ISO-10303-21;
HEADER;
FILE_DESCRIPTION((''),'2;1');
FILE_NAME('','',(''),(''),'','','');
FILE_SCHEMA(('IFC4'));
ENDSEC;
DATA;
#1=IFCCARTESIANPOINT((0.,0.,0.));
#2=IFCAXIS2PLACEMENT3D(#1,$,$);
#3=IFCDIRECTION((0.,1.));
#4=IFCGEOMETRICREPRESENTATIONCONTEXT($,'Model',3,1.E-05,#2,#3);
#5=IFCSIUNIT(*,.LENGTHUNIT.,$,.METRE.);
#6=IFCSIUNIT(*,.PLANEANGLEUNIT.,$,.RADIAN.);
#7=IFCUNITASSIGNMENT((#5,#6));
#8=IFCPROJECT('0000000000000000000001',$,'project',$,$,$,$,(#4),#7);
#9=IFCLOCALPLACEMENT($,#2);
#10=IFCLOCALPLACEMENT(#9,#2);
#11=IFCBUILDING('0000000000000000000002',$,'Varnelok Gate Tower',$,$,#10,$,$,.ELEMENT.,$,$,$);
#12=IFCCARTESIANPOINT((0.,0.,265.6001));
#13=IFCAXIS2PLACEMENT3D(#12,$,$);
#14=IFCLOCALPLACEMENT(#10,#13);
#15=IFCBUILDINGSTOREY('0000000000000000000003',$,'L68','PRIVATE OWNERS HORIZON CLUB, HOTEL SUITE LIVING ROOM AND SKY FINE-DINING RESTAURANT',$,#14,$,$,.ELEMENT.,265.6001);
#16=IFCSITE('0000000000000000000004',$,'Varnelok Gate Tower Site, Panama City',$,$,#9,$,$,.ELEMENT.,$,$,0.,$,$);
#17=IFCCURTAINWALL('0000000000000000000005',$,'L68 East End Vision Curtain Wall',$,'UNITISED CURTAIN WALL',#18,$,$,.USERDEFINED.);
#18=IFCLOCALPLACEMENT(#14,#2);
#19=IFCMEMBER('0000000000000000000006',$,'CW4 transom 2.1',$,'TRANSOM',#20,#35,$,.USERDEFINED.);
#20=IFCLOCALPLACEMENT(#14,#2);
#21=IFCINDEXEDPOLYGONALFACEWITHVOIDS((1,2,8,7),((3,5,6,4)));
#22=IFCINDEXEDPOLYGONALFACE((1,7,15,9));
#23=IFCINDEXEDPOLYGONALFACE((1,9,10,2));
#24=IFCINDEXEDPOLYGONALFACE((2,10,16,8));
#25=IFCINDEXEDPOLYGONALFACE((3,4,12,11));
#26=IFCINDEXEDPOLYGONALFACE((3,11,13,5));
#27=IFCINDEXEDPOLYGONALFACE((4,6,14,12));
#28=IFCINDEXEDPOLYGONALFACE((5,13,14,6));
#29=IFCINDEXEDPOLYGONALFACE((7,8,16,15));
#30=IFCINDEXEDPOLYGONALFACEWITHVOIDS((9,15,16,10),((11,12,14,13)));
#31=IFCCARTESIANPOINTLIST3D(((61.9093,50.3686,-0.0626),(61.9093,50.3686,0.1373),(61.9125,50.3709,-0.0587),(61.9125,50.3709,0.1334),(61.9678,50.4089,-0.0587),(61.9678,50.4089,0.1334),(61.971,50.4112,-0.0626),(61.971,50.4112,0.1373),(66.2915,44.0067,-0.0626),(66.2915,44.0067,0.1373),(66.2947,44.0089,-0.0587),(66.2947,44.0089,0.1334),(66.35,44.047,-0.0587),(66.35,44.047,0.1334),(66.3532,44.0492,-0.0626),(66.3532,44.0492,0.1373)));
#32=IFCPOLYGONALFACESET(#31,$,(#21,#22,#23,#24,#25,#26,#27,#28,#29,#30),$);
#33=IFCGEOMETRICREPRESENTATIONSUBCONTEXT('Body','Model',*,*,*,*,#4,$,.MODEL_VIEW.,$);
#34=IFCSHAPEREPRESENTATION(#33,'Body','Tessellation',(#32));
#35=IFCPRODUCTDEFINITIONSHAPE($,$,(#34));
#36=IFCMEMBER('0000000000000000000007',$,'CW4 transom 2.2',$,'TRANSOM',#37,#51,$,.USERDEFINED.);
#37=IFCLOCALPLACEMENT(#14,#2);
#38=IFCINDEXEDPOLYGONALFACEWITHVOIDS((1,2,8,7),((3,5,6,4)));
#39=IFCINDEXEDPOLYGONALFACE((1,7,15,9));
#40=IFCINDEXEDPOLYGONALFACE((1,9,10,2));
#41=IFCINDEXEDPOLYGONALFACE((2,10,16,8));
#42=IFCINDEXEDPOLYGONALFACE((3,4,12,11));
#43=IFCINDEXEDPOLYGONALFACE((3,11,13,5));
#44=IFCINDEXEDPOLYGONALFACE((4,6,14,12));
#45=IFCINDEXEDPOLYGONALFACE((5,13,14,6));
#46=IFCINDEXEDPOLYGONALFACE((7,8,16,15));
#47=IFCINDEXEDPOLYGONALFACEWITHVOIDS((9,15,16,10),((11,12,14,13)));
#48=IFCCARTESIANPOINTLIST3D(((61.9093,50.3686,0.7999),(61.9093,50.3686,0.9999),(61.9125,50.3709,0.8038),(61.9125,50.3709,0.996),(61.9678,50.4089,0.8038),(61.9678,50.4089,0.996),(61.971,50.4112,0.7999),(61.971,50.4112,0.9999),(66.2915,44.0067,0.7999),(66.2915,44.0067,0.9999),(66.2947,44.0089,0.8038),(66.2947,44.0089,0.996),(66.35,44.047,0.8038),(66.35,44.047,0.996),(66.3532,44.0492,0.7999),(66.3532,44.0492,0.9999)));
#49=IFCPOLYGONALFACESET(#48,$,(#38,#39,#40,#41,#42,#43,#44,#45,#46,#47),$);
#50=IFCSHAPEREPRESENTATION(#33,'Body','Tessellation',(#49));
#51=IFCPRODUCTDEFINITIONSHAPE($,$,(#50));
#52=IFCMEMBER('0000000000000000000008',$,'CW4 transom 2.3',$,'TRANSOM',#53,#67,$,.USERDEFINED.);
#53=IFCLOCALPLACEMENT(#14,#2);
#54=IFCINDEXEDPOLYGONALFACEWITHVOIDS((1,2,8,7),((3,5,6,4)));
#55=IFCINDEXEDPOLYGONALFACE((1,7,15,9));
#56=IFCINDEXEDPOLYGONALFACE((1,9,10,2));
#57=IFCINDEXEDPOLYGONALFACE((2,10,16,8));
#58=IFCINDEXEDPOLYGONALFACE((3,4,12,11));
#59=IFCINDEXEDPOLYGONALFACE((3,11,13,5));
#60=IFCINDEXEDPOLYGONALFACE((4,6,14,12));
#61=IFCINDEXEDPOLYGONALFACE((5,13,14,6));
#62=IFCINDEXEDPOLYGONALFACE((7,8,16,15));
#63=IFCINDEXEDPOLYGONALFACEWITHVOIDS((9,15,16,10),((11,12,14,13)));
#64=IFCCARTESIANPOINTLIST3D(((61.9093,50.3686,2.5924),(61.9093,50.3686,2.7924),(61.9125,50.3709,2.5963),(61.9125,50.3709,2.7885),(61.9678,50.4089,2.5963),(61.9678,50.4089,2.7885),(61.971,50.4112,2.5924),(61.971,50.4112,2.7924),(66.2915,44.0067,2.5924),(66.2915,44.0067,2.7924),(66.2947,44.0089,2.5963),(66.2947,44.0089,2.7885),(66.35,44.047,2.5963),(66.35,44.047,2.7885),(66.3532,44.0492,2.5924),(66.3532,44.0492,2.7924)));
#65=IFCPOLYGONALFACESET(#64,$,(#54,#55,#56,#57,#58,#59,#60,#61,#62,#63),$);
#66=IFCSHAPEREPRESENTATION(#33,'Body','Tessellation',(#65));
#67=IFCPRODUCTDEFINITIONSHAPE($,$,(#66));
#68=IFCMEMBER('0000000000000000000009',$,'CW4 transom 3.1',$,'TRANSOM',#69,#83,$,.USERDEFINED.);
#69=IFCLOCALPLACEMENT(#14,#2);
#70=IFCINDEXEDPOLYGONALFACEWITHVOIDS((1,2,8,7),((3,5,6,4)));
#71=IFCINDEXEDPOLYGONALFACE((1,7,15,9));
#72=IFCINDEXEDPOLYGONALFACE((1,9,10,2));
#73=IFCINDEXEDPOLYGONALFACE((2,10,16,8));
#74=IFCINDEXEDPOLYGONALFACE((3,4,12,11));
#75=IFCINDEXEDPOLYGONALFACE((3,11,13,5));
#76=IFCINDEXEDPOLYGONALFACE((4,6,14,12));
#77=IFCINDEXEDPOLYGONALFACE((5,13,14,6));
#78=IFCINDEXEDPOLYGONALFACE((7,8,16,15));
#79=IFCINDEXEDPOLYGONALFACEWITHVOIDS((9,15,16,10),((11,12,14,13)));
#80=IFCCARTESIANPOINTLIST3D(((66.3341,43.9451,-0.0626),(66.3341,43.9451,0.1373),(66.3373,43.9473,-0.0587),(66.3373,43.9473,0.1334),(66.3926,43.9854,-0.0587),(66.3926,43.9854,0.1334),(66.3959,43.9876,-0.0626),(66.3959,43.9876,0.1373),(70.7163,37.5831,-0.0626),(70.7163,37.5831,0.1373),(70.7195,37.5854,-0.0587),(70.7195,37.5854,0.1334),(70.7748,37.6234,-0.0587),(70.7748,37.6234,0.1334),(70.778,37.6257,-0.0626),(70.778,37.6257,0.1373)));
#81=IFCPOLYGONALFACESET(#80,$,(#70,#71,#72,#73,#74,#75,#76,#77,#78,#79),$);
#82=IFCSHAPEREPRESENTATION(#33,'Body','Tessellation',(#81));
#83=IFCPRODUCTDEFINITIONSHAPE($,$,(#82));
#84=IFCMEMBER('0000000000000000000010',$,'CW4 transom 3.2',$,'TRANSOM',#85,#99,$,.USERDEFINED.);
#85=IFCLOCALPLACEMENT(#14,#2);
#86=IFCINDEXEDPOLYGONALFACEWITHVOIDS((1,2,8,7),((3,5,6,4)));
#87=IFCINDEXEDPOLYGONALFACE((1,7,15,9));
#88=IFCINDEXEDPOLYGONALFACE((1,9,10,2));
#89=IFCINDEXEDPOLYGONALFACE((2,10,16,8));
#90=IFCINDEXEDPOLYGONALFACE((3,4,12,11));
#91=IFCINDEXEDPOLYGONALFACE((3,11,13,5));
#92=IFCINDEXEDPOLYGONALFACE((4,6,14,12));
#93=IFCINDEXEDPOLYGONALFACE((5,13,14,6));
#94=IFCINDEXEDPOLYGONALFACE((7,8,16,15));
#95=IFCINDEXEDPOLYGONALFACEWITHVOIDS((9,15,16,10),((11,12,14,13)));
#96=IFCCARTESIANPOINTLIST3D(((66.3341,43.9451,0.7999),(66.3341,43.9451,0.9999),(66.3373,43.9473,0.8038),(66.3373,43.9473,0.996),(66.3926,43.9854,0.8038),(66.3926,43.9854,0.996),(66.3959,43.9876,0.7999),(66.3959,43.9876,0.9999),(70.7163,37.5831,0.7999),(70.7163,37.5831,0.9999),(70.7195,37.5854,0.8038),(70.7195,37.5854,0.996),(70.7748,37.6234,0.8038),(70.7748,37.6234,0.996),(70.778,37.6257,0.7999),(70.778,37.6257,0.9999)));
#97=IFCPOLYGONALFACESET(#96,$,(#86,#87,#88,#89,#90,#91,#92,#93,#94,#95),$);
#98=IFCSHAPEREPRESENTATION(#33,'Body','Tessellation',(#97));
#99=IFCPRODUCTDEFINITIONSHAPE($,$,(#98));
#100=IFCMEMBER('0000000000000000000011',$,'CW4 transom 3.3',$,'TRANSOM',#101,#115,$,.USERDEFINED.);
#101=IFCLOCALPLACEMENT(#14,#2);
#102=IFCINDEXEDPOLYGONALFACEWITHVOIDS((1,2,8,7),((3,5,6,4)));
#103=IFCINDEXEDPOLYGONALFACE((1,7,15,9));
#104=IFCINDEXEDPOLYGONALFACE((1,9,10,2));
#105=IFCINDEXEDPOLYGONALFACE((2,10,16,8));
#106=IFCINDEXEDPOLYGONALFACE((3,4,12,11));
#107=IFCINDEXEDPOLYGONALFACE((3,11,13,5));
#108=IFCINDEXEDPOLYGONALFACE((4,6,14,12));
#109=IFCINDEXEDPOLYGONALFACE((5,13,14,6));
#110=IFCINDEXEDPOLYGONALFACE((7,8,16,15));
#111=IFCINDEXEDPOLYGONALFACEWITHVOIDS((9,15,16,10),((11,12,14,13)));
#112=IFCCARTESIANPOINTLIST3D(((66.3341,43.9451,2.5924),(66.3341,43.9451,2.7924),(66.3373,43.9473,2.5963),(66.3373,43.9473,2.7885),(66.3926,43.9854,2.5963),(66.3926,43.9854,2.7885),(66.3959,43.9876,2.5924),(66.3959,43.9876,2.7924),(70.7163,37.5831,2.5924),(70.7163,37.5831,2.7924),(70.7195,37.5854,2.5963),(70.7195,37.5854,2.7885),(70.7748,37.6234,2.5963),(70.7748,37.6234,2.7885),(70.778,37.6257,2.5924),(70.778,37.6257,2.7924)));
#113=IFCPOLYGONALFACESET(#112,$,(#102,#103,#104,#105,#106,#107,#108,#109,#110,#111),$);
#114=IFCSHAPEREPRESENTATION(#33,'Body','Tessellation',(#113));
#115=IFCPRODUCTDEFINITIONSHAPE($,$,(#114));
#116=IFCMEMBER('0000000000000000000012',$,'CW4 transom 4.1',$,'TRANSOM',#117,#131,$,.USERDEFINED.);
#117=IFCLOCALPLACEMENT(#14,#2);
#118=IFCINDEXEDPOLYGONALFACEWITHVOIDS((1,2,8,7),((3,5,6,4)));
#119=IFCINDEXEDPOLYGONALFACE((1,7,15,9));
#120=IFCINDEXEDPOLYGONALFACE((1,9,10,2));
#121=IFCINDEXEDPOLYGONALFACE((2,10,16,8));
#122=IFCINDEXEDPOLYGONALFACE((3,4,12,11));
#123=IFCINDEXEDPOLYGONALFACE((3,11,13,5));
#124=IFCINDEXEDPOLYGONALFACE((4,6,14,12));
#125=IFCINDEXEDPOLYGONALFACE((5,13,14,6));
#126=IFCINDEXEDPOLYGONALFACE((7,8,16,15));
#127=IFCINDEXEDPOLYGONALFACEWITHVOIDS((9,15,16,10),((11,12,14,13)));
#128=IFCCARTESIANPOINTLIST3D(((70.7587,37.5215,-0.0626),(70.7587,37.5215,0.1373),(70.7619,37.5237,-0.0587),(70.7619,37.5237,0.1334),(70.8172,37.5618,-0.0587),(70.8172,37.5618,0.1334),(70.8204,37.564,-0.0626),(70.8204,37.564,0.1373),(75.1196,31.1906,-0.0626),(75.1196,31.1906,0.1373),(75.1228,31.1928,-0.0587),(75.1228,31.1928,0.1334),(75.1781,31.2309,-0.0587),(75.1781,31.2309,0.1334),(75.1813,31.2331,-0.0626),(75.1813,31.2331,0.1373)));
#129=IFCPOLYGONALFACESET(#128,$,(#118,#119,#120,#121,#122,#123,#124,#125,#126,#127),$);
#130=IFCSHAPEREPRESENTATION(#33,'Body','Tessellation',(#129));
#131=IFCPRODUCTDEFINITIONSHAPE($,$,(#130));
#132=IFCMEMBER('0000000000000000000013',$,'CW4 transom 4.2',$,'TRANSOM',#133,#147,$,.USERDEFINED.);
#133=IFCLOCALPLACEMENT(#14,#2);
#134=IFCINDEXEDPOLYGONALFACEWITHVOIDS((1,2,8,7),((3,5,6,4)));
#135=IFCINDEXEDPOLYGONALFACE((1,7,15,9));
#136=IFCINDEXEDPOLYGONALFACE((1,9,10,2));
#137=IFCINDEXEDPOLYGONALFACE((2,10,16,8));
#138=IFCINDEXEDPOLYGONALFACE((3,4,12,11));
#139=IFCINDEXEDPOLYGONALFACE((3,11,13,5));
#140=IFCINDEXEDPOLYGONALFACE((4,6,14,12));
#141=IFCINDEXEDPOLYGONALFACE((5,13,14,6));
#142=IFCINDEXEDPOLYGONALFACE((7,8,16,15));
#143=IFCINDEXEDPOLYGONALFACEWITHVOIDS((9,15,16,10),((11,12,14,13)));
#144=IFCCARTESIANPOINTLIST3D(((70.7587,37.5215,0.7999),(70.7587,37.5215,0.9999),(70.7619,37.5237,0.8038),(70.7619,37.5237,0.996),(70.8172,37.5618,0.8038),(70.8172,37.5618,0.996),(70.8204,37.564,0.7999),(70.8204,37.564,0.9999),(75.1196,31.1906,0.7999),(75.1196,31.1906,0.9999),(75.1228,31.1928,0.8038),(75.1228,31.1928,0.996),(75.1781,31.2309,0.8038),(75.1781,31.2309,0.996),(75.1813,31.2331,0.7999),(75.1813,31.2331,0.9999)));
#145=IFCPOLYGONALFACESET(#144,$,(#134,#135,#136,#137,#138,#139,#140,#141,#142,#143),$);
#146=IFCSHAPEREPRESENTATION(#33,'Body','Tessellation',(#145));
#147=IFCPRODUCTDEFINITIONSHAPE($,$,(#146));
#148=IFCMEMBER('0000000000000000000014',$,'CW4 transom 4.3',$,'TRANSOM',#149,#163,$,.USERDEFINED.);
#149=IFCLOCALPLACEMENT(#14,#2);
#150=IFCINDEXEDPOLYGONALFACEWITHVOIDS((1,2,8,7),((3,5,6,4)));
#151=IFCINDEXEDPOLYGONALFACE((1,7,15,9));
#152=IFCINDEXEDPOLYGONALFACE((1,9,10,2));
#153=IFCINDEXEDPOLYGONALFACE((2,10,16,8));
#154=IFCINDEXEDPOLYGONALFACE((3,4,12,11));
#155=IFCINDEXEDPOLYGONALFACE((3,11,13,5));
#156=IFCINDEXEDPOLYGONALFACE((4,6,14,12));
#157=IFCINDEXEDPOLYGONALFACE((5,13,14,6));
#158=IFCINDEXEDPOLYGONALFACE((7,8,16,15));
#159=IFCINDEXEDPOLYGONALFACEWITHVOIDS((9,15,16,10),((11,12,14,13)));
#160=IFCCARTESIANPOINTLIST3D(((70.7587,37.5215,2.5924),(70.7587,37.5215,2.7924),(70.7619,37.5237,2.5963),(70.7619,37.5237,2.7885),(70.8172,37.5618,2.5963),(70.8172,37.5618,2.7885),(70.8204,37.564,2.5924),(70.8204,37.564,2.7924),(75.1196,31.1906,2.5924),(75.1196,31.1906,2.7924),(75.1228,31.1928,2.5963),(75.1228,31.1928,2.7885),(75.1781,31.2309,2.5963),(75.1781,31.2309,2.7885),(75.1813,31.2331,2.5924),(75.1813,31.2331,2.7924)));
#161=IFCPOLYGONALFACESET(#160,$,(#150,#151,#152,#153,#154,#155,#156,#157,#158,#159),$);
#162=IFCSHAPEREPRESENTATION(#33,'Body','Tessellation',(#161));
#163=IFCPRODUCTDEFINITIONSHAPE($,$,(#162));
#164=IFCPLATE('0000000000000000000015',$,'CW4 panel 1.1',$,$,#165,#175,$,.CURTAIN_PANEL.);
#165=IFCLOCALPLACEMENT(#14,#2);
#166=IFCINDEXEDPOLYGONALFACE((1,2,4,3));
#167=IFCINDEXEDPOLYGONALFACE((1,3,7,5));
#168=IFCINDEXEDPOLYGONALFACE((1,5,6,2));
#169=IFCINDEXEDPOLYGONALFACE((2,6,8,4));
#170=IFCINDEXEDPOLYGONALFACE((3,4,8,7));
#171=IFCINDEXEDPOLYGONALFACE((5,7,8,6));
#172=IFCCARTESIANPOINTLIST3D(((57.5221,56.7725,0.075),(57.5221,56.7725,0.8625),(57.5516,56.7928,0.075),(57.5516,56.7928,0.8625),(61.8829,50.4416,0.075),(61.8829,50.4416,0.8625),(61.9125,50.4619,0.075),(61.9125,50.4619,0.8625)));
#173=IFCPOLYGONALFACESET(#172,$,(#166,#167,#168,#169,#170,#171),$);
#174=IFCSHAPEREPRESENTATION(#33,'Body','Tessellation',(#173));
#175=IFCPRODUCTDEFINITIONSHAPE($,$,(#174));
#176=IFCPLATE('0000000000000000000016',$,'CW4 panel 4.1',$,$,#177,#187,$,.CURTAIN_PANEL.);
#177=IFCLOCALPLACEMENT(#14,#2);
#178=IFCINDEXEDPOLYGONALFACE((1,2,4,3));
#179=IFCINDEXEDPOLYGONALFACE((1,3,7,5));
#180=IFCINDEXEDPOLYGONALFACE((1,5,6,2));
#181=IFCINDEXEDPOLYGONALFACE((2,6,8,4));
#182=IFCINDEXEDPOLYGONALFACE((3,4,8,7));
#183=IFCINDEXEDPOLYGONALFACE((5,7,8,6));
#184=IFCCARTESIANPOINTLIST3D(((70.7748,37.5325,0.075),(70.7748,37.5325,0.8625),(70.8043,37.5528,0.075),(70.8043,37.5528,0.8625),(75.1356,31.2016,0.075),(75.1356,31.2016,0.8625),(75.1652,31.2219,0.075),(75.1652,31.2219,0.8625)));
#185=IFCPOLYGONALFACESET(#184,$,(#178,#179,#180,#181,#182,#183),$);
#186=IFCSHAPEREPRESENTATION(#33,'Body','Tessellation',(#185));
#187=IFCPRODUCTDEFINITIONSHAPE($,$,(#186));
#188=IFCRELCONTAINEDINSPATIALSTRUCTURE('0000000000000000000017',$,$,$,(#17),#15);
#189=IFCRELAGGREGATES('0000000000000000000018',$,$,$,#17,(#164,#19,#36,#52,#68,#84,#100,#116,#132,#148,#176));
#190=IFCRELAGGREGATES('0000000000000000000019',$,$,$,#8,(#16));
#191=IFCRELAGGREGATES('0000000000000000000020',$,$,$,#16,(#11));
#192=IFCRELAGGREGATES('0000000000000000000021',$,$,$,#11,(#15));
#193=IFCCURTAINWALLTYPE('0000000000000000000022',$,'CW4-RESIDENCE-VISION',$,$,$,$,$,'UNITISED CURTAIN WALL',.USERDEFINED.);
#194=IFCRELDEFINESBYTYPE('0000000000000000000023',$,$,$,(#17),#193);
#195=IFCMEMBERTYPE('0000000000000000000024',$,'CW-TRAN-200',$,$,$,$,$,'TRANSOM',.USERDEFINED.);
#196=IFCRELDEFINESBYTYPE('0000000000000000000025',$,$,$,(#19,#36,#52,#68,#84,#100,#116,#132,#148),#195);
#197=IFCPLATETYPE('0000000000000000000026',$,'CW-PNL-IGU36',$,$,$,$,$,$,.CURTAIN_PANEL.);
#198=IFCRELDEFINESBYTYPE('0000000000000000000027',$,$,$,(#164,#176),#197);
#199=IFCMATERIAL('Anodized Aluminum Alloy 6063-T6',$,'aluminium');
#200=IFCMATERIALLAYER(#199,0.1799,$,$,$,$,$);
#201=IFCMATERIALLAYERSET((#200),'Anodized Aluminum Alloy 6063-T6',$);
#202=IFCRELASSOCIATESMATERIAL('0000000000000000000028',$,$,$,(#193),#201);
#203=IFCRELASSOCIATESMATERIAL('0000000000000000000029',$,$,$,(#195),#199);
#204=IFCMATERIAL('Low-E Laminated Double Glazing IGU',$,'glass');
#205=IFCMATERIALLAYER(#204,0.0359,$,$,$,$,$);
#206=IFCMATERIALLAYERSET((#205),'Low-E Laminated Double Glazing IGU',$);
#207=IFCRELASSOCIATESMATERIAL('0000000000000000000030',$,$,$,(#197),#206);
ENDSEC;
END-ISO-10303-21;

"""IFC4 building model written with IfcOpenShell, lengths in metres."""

from ifc_helpers import new_model, si_unit, direction, frame, origin, origin_2d, place, context, subcontext, project, spatial, rectangle, hollow_rectangle, extrude, source, transform, mapped, material, layer, layer_set, material_profile, profile_set, type_object, element, aggregate, save


model = new_model("IFC4")

# Units and contexts
model_context = context("Model", 3, precision=1e-05, world=origin(), true_north=direction((0.0, 1.0)))
body_context = subcontext(model_context, "Body", "Model", "MODEL_VIEW")
ifc_project = project(units=[si_unit("LENGTHUNIT", "METRE"), si_unit("PLANEANGLEUNIT", "RADIAN")], contexts=[model_context])

# Site, building, storey
site_placement = place(None, origin())
site = spatial("IfcSite", under=ifc_project, at=site_placement, Name="Varnelok Gate Tower Site, Panama City", CompositionType="ELEMENT", RefElevation=0.0)
building_placement = place(site_placement, origin())
building = spatial("IfcBuilding", under=site, at=building_placement, Name="Varnelok Gate Tower", CompositionType="ELEMENT")
storey_placement = place(building_placement, frame((0.0, 0.0, 265.6001)))
storey = spatial("IfcBuildingStorey", under=building, at=storey_placement, Name="L68", Description="PRIVATE OWNERS HORIZON CLUB, HOTEL SUITE LIVING ROOM AND SKY FINE-DINING RESTAURANT", CompositionType="ELEMENT", Elevation=265.6001)

# Curtain wall, members, plates
ifc_material_1 = material(Name="Anodized Aluminum Alloy 6063-T6", Category="aluminium")
ifc_layer_1 = layer(ifc_material_1, 0.1799)
ifc_layer_set_1 = layer_set([ifc_layer_1], Name="Anodized Aluminum Alloy 6063-T6")
curtain_wall_type = type_object("IfcCurtainWallType", Name="CW4-RESIDENCE-VISION", ElementType="UNITISED CURTAIN WALL", PredefinedType="USERDEFINED", material=ifc_layer_set_1)
curtain_wall_placement = place(storey_placement, origin())
curtain_wall = element("IfcCurtainWall", 1, at=curtain_wall_placement, inside=storey, type_object=curtain_wall_type, Name="L68 East End Vision Curtain Wall", ObjectType="UNITISED CURTAIN WALL", PredefinedType="USERDEFINED")
ifc_material_profile_1 = material_profile(ifc_material_1, hollow_rectangle(XDim=0.075, YDim=0.2, WallThickness=0.0039, at=origin_2d()), Name="ALU200X75X4")
ifc_profile_set_1 = profile_set([ifc_material_profile_1], Name="Anodized Aluminum Alloy 6063-T6")
member_type_1 = type_object("IfcMemberType", Name="CW-TRAN-200", ElementType="TRANSOM", PredefinedType="USERDEFINED", material=ifc_profile_set_1)
member_1_placement = place(storey_placement, frame((61.9402, 50.3899, 0.0374), z_axis=(0.567261, -0.823538, 0.0), x_axis=(0.823538, 0.567261, 0.0)))
member_1 = element("IfcMember", 2, at=member_1_placement, type_object=member_type_1, Name="CW4 transom 2.1", ObjectType="TRANSOM", PredefinedType="USERDEFINED", context=body_context, shape_type="SweptSolid", body=[
    extrude(hollow_rectangle(XDim=0.075, YDim=0.2, WallThickness=0.0039, at=origin_2d()), origin(), (0.0, 0.0, 1.0), 7.7251),
])
member_2_placement = place(storey_placement, frame((61.9402, 50.3899, 0.8999), z_axis=(0.567261, -0.823538, 0.0), x_axis=(0.823538, 0.567261, 0.0)))
member_2 = element("IfcMember", 3, at=member_2_placement, type_object=member_type_1, Name="CW4 transom 2.2", ObjectType="TRANSOM", PredefinedType="USERDEFINED", context=body_context, shape_type="SweptSolid", body=[
    extrude(hollow_rectangle(XDim=0.075, YDim=0.2, WallThickness=0.0039, at=origin_2d()), origin(), (0.0, 0.0, 1.0), 7.7251),
])
member_3_placement = place(storey_placement, frame((61.9402, 50.3899, 2.6924), z_axis=(0.567261, -0.823538, 0.0), x_axis=(0.823538, 0.567261, 0.0)))
member_3 = element("IfcMember", 4, at=member_3_placement, type_object=member_type_1, Name="CW4 transom 2.3", ObjectType="TRANSOM", PredefinedType="USERDEFINED", context=body_context, shape_type="SweptSolid", body=[
    extrude(hollow_rectangle(XDim=0.075, YDim=0.2, WallThickness=0.0039, at=origin_2d()), origin(), (0.0, 0.0, 1.0), 7.7251),
])
member_4_placement = place(storey_placement, frame((66.365, 43.9663, 0.0374), z_axis=(0.567261, -0.823538, 0.0), x_axis=(0.823538, 0.567261, 0.0)))
member_4 = element("IfcMember", 5, at=member_4_placement, type_object=member_type_1, Name="CW4 transom 3.1", ObjectType="TRANSOM", PredefinedType="USERDEFINED", context=body_context, shape_type="SweptSolid", body=[
    extrude(hollow_rectangle(XDim=0.075, YDim=0.2, WallThickness=0.0039, at=origin_2d()), origin(), (0.0, 0.0, 1.0), 7.7251),
])
member_5_placement = place(storey_placement, frame((66.365, 43.9663, 0.8999), z_axis=(0.567261, -0.823538, 0.0), x_axis=(0.823538, 0.567261, 0.0)))
member_5 = element("IfcMember", 6, at=member_5_placement, type_object=member_type_1, Name="CW4 transom 3.2", ObjectType="TRANSOM", PredefinedType="USERDEFINED", context=body_context, shape_type="SweptSolid", body=[
    extrude(hollow_rectangle(XDim=0.075, YDim=0.2, WallThickness=0.0039, at=origin_2d()), origin(), (0.0, 0.0, 1.0), 7.7251),
])
member_6_placement = place(storey_placement, frame((66.365, 43.9663, 2.6924), z_axis=(0.567261, -0.823538, 0.0), x_axis=(0.823538, 0.567261, 0.0)))
member_6 = element("IfcMember", 7, at=member_6_placement, type_object=member_type_1, Name="CW4 transom 3.3", ObjectType="TRANSOM", PredefinedType="USERDEFINED", context=body_context, shape_type="SweptSolid", body=[
    extrude(hollow_rectangle(XDim=0.075, YDim=0.2, WallThickness=0.0039, at=origin_2d()), origin(), (0.0, 0.0, 1.0), 7.7251),
])
member_7_placement = place(storey_placement, frame((70.7896, 37.5427, 0.0374), z_axis=(0.567271, -0.823531, 0.0), x_axis=(0.823531, 0.567271, 0.0)))
member_7 = element("IfcMember", 8, at=member_7_placement, type_object=member_type_1, Name="CW4 transom 4.1", ObjectType="TRANSOM", PredefinedType="USERDEFINED", context=body_context, shape_type="SweptSolid", body=[
    extrude(hollow_rectangle(XDim=0.075, YDim=0.2, WallThickness=0.0039, at=origin_2d()), origin(), (0.0, 0.0, 1.0), 7.6875),
])
member_8_placement = place(storey_placement, frame((70.7896, 37.5427, 0.8999), z_axis=(0.567271, -0.823531, 0.0), x_axis=(0.823531, 0.567271, 0.0)))
member_8 = element("IfcMember", 9, at=member_8_placement, type_object=member_type_1, Name="CW4 transom 4.2", ObjectType="TRANSOM", PredefinedType="USERDEFINED", context=body_context, shape_type="SweptSolid", body=[
    extrude(hollow_rectangle(XDim=0.075, YDim=0.2, WallThickness=0.0039, at=origin_2d()), origin(), (0.0, 0.0, 1.0), 7.6875),
])
member_9_placement = place(storey_placement, frame((70.7896, 37.5427, 2.6924), z_axis=(0.567271, -0.823531, 0.0), x_axis=(0.823531, 0.567271, 0.0)))
member_9 = element("IfcMember", 10, at=member_9_placement, type_object=member_type_1, Name="CW4 transom 4.3", ObjectType="TRANSOM", PredefinedType="USERDEFINED", context=body_context, shape_type="SweptSolid", body=[
    extrude(hollow_rectangle(XDim=0.075, YDim=0.2, WallThickness=0.0039, at=origin_2d()), origin(), (0.0, 0.0, 1.0), 7.6875),
])
ifc_material_2 = material(Name="Low-E Laminated Double Glazing IGU", Category="glass")
ifc_layer_2 = layer(ifc_material_2, 0.0359)
ifc_layer_set_2 = layer_set([ifc_layer_2], Name="Low-E Laminated Double Glazing IGU")
plate_type = type_object("IfcPlateType", Name="CW-PNL-IGU36", PredefinedType="CURTAIN_PANEL", material=ifc_layer_set_2)
shared_shape_1 = source(origin(), body_context, "Body", "SweptSolid", [
    extrude(rectangle(XDim=7.6875, YDim=0.0359, at=origin_2d()), origin(), (0.0, 0.0, 1.0), 0.7876),
])
plate_1_placement = place(storey_placement, frame((59.7173, 53.6172, 0.075), z_axis=(0.0, 0.0, 1.0), x_axis=(0.567269, -0.823532, 0.0)))
plate_1 = element("IfcPlate", 11, at=plate_1_placement, type_object=plate_type, Name="CW4 panel 1.1", PredefinedType="CURTAIN_PANEL", context=body_context, shape_type="MappedRepresentation", body=[
    mapped(shared_shape_1, transform((0.0, 0.0, 0.0), scale=1.0)),
])
plate_2_placement = place(storey_placement, frame((72.97, 34.3772, 0.075), z_axis=(0.0, 0.0, 1.0), x_axis=(0.567269, -0.823532, 0.0)))
plate_2 = element("IfcPlate", 12, at=plate_2_placement, type_object=plate_type, Name="CW4 panel 4.1", PredefinedType="CURTAIN_PANEL", context=body_context, shape_type="MappedRepresentation", body=[
    mapped(shared_shape_1, transform((0.0, 0.0, 0.0), scale=1.0)),
])
aggregate(curtain_wall, [plate_1, member_1, member_2, member_3, member_4, member_5, member_6, member_7, member_8, member_9, plate_2])

save(model, "model.ifc")
